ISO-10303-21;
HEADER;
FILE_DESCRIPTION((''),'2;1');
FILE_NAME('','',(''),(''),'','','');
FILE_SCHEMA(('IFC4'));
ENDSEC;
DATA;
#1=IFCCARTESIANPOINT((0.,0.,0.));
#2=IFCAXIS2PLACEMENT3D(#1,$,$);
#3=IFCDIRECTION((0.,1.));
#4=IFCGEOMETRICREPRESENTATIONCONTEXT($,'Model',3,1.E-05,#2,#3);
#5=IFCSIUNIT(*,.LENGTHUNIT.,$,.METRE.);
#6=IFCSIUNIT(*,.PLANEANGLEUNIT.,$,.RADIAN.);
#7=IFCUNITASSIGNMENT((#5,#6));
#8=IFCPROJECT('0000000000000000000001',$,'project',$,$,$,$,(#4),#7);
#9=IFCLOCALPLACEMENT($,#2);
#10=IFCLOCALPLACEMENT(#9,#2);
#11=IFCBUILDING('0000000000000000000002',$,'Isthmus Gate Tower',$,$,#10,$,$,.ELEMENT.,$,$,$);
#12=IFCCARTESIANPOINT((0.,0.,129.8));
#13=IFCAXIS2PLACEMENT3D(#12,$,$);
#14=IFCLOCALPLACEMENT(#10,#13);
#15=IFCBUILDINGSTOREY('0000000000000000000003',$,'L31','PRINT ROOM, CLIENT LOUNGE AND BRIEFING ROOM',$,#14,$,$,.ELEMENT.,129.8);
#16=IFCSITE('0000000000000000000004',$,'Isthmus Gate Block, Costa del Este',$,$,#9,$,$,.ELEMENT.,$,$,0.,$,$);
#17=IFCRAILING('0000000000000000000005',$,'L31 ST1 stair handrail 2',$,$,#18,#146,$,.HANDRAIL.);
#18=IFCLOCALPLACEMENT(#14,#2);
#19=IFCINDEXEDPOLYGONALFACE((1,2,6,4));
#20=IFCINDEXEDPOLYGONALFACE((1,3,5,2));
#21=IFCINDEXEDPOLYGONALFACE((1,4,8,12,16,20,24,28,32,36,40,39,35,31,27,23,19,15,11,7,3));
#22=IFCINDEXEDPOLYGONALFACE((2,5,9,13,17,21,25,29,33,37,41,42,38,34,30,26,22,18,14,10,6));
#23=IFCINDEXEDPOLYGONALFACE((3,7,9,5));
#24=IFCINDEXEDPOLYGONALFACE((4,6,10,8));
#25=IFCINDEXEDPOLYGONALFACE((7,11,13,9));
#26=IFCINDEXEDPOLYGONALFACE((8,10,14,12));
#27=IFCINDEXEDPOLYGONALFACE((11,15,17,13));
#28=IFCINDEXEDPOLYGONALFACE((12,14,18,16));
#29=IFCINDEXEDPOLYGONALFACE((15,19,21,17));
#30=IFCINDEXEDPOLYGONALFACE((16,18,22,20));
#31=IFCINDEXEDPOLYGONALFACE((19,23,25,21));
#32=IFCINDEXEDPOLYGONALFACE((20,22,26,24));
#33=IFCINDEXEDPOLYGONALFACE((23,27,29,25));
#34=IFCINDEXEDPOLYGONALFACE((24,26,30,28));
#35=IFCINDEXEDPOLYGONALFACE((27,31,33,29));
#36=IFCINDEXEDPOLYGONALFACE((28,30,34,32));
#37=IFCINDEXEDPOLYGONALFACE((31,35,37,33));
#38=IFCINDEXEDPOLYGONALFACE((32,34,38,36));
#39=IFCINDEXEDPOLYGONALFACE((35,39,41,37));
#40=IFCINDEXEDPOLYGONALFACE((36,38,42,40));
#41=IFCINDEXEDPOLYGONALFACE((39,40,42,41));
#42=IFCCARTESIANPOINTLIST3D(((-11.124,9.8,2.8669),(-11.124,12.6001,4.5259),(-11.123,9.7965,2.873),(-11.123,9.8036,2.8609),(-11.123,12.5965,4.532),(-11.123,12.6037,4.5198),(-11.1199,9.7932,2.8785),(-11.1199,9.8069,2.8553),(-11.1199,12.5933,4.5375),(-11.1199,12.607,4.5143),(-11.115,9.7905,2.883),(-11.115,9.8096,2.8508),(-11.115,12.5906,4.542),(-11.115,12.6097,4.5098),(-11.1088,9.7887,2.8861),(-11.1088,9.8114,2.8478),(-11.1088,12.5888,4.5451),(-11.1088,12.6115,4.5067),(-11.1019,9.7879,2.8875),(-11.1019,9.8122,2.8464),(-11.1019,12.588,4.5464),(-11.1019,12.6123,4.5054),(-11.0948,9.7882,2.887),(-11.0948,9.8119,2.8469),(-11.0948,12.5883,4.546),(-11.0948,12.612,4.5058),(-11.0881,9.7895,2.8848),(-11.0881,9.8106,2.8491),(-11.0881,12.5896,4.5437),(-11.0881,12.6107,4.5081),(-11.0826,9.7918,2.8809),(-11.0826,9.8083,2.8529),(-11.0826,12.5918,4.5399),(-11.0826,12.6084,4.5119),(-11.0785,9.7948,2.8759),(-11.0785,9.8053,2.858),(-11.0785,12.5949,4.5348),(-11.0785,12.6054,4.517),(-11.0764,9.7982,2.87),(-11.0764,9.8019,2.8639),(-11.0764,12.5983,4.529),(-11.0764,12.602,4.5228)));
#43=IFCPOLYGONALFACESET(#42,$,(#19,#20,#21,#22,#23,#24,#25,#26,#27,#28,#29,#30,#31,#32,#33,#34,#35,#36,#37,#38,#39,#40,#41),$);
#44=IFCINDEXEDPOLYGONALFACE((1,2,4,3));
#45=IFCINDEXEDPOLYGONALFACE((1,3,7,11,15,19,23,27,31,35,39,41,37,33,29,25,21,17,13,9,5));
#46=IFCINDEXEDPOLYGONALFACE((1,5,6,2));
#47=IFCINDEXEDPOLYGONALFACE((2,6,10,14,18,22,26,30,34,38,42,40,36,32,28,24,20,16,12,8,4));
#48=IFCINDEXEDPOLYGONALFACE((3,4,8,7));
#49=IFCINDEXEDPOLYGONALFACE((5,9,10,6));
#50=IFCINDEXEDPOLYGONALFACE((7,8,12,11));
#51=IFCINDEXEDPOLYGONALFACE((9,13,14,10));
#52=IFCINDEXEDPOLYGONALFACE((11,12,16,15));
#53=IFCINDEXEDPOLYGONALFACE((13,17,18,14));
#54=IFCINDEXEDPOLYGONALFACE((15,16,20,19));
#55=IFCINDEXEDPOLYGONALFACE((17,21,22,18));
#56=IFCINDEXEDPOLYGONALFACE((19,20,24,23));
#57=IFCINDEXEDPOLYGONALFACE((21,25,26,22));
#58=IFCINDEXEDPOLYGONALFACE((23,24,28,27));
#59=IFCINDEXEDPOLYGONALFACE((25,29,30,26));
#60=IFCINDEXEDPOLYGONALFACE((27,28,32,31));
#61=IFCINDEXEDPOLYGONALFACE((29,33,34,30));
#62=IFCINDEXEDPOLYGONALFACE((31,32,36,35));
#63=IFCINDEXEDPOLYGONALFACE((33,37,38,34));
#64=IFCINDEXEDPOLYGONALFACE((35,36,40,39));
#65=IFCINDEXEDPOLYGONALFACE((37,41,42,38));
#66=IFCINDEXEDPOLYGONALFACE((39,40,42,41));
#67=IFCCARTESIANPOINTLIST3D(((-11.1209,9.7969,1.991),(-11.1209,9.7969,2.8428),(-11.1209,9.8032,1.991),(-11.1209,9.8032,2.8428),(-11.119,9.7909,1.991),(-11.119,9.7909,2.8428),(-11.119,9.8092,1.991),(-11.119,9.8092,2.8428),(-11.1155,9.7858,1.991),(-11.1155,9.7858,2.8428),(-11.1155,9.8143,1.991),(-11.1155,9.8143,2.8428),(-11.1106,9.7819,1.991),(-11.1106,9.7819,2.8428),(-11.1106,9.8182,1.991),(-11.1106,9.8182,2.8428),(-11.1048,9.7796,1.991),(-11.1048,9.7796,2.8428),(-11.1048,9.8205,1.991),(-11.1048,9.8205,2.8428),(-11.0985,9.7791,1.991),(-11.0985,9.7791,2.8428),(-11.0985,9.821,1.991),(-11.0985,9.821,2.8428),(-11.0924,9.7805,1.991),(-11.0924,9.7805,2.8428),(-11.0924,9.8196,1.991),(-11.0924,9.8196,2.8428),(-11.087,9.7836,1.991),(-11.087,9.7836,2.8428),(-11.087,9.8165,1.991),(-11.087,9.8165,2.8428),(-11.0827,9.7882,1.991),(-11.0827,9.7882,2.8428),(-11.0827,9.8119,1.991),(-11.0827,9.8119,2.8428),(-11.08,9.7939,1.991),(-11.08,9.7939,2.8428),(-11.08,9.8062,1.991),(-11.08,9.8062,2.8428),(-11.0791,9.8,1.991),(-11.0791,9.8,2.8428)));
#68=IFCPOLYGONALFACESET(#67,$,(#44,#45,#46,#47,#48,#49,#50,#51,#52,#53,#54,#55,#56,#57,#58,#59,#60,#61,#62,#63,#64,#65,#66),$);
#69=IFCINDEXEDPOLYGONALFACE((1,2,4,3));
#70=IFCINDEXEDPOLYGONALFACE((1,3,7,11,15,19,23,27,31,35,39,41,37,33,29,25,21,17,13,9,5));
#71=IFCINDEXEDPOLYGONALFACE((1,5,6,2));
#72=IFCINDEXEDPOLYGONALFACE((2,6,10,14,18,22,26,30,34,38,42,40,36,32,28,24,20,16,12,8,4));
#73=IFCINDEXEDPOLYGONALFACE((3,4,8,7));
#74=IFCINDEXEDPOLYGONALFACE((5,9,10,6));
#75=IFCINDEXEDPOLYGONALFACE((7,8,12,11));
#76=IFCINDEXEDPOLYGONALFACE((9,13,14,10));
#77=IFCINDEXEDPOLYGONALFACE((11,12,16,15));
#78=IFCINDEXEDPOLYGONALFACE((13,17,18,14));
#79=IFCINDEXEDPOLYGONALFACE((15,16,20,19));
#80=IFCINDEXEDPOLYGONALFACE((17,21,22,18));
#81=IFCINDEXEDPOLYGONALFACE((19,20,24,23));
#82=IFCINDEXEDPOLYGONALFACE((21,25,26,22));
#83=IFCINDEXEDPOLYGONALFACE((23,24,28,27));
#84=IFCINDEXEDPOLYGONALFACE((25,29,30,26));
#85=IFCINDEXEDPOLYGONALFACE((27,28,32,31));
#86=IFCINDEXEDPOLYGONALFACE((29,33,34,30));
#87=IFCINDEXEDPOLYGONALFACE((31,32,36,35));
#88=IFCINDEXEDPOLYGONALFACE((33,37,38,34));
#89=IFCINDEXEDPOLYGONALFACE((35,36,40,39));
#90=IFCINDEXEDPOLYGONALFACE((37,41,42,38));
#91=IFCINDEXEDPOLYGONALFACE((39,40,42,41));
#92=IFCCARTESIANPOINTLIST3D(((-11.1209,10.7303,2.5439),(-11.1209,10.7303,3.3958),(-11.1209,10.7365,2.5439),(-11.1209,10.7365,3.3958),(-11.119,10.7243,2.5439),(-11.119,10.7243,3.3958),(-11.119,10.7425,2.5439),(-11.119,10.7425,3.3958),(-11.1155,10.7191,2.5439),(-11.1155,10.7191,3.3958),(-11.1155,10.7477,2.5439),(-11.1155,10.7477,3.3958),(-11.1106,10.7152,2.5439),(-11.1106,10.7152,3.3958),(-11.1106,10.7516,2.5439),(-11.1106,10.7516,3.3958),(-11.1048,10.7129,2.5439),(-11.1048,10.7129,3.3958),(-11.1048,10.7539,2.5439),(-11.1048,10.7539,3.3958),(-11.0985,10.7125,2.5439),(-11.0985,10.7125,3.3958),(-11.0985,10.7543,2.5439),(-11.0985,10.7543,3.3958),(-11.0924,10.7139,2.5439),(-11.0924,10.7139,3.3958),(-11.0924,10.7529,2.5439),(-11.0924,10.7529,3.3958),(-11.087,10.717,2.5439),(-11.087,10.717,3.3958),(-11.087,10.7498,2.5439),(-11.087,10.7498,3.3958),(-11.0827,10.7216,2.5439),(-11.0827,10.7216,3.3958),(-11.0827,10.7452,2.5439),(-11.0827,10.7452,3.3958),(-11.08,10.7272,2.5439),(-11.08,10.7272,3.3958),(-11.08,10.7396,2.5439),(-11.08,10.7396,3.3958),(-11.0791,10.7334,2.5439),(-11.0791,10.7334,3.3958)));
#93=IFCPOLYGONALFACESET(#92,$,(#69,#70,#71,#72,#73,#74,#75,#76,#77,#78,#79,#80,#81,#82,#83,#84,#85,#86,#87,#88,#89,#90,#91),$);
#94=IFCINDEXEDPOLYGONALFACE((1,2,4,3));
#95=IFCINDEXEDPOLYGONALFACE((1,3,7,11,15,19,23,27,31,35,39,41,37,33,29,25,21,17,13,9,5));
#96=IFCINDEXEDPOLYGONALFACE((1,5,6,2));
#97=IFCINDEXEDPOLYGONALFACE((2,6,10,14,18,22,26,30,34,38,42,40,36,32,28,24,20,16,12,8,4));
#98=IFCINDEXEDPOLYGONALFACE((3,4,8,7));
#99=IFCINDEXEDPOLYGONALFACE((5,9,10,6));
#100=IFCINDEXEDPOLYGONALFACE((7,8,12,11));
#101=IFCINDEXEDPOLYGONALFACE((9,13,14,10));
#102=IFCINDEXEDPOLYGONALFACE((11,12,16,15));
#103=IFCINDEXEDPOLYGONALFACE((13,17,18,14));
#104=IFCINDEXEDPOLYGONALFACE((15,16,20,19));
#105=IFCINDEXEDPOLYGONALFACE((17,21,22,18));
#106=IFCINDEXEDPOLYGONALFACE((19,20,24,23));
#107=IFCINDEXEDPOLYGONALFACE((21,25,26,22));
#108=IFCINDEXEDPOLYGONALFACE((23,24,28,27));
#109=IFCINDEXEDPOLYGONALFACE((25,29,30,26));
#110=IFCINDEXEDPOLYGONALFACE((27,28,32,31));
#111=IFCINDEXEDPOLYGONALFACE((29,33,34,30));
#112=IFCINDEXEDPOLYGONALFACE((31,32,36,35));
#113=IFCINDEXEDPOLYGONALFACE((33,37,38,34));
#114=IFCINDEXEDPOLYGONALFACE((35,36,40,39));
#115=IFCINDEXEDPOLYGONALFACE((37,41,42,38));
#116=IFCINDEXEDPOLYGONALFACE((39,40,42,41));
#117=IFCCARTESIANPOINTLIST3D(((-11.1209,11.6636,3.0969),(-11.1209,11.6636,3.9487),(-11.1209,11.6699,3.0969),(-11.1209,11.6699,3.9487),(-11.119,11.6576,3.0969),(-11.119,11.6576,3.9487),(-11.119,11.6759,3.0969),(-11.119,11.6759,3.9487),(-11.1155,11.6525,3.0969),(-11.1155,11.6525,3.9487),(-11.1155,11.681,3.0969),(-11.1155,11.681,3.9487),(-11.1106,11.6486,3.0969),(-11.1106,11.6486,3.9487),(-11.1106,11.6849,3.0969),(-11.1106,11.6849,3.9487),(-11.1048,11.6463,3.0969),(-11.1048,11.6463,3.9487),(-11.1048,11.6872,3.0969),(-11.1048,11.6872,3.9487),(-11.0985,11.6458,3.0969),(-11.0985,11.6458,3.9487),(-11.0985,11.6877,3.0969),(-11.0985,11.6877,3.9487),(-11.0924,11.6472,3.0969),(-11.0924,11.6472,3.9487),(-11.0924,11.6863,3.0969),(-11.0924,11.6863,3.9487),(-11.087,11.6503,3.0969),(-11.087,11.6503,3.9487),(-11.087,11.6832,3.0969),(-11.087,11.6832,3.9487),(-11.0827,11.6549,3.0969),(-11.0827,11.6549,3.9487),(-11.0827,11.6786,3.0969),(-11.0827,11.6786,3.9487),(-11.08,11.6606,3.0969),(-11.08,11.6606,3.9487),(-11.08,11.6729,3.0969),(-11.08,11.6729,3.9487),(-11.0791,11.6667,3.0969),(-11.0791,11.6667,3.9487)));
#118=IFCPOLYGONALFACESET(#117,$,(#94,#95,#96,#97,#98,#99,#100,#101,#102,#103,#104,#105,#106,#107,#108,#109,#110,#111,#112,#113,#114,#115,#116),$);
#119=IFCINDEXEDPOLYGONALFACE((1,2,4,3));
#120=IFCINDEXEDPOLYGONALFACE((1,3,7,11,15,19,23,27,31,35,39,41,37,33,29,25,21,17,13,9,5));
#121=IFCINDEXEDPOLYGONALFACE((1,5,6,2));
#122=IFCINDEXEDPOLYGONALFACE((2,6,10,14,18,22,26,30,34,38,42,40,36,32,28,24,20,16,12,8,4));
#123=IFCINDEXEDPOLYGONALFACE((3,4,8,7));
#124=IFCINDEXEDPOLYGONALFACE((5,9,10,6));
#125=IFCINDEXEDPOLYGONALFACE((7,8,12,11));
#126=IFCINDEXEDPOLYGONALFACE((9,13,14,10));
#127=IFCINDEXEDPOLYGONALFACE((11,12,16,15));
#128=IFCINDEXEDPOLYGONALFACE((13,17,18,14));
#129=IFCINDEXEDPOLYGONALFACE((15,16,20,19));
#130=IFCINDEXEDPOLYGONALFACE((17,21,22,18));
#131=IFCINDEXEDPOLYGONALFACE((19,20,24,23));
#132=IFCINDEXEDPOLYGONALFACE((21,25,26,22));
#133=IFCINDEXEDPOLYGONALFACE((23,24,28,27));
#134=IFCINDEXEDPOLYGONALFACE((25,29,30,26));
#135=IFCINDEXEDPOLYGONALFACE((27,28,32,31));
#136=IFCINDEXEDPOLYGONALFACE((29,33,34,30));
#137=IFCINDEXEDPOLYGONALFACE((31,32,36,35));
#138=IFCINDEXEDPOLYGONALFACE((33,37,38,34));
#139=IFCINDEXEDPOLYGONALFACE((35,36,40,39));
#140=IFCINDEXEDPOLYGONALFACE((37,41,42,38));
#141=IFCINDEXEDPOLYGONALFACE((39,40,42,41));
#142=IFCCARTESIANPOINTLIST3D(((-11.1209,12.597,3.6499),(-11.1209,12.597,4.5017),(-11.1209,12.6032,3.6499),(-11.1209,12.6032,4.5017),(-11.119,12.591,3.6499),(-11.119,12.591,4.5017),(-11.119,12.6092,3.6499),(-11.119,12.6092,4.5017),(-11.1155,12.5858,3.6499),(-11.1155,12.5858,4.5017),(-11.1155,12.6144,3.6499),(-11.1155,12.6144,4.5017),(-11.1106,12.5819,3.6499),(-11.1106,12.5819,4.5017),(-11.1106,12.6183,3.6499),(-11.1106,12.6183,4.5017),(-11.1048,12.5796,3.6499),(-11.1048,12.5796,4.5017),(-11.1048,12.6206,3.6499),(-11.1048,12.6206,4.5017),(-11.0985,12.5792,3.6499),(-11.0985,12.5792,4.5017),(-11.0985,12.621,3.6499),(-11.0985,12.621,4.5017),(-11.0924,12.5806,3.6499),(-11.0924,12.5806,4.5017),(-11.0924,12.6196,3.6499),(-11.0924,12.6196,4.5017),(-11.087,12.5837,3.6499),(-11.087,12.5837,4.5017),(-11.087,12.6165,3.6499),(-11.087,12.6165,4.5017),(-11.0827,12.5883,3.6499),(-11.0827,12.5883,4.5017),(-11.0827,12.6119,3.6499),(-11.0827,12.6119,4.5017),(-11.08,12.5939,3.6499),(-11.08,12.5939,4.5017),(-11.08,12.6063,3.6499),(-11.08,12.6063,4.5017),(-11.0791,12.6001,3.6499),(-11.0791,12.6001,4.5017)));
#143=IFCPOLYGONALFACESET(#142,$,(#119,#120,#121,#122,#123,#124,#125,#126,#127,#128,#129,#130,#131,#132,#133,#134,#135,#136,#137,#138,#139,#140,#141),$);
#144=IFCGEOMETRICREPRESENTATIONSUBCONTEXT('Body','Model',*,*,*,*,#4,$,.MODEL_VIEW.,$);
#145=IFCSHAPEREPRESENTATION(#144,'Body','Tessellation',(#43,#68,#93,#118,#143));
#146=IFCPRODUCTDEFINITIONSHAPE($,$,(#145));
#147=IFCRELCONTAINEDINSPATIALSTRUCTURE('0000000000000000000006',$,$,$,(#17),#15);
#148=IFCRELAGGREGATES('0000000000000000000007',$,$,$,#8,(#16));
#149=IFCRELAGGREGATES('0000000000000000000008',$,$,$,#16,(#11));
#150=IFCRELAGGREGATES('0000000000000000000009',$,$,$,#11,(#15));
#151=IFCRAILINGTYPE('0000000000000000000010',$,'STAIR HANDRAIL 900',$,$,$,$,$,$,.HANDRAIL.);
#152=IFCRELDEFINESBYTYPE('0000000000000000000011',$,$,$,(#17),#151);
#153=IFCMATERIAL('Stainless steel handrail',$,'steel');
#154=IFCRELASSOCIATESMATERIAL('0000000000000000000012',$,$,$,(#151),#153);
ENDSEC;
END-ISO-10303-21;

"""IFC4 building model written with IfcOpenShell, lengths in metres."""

from ifc_helpers import new_model, si_unit, direction, frame, origin, origin_2d, place, context, subcontext, project, spatial, circle, extrude, material, type_object, element, save


model = new_model("IFC4")

# Units and contexts
model_context = context("Model", 3, precision=1e-05, world=origin(), true_north=direction((0.0, 1.0)))
body_context = subcontext(model_context, "Body", "Model", "MODEL_VIEW")
ifc_project = project(units=[si_unit("LENGTHUNIT", "METRE"), si_unit("PLANEANGLEUNIT", "RADIAN")], contexts=[model_context])

# Site, building, storey
site_placement = place(None, origin())
site = spatial("IfcSite", under=ifc_project, at=site_placement, Name="Isthmus Gate Block, Costa del Este", CompositionType="ELEMENT", RefElevation=0.0)
building_placement = place(site_placement, origin())
building = spatial("IfcBuilding", under=site, at=building_placement, Name="Isthmus Gate Tower", CompositionType="ELEMENT")
storey_placement = place(building_placement, frame((0.0, 0.0, 129.8)))
storey = spatial("IfcBuildingStorey", under=building, at=storey_placement, Name="L31", Description="PRINT ROOM, CLIENT LOUNGE AND BRIEFING ROOM", CompositionType="ELEMENT", Elevation=129.8)

# Railing
ifc_material_1 = material(Name="Stainless steel handrail", Category="steel")
railing_type_1 = type_object("IfcRailingType", Name="STAIR HANDRAIL 900", PredefinedType="HANDRAIL", material=ifc_material_1)
railing_1_placement = place(storey_placement, frame((-11.1001, 9.8, 1.991)))
element("IfcRailing", 1, at=railing_1_placement, inside=storey, type_object=railing_type_1, Name="L31 ST1 stair handrail 2", PredefinedType="HANDRAIL", context=body_context, shape_type="SweptSolid", body=[
    extrude(circle(Radius=0.0239, at=origin_2d()), frame((0.0, 0.0, 0.876), z_axis=(0.0, 0.860339, 0.509722), x_axis=(-1.0, 0.0, 0.0)), (0.0, 0.0, 1.0), 3.2546),
    extrude(circle(Radius=0.021, at=origin_2d()), origin(), (0.0, 0.0, 1.0), 0.8518),
    extrude(circle(Radius=0.021, at=origin_2d()), frame((0.0, 0.9333, 0.553)), (0.0, 0.0, 1.0), 0.8518),
    extrude(circle(Radius=0.021, at=origin_2d()), frame((0.0, 1.8667, 1.106)), (0.0, 0.0, 1.0), 0.8518),
    extrude(circle(Radius=0.021, at=origin_2d()), frame((0.0, 2.8, 1.6589)), (0.0, 0.0, 1.0), 0.8518),
])

save(model, "model.ifc")
